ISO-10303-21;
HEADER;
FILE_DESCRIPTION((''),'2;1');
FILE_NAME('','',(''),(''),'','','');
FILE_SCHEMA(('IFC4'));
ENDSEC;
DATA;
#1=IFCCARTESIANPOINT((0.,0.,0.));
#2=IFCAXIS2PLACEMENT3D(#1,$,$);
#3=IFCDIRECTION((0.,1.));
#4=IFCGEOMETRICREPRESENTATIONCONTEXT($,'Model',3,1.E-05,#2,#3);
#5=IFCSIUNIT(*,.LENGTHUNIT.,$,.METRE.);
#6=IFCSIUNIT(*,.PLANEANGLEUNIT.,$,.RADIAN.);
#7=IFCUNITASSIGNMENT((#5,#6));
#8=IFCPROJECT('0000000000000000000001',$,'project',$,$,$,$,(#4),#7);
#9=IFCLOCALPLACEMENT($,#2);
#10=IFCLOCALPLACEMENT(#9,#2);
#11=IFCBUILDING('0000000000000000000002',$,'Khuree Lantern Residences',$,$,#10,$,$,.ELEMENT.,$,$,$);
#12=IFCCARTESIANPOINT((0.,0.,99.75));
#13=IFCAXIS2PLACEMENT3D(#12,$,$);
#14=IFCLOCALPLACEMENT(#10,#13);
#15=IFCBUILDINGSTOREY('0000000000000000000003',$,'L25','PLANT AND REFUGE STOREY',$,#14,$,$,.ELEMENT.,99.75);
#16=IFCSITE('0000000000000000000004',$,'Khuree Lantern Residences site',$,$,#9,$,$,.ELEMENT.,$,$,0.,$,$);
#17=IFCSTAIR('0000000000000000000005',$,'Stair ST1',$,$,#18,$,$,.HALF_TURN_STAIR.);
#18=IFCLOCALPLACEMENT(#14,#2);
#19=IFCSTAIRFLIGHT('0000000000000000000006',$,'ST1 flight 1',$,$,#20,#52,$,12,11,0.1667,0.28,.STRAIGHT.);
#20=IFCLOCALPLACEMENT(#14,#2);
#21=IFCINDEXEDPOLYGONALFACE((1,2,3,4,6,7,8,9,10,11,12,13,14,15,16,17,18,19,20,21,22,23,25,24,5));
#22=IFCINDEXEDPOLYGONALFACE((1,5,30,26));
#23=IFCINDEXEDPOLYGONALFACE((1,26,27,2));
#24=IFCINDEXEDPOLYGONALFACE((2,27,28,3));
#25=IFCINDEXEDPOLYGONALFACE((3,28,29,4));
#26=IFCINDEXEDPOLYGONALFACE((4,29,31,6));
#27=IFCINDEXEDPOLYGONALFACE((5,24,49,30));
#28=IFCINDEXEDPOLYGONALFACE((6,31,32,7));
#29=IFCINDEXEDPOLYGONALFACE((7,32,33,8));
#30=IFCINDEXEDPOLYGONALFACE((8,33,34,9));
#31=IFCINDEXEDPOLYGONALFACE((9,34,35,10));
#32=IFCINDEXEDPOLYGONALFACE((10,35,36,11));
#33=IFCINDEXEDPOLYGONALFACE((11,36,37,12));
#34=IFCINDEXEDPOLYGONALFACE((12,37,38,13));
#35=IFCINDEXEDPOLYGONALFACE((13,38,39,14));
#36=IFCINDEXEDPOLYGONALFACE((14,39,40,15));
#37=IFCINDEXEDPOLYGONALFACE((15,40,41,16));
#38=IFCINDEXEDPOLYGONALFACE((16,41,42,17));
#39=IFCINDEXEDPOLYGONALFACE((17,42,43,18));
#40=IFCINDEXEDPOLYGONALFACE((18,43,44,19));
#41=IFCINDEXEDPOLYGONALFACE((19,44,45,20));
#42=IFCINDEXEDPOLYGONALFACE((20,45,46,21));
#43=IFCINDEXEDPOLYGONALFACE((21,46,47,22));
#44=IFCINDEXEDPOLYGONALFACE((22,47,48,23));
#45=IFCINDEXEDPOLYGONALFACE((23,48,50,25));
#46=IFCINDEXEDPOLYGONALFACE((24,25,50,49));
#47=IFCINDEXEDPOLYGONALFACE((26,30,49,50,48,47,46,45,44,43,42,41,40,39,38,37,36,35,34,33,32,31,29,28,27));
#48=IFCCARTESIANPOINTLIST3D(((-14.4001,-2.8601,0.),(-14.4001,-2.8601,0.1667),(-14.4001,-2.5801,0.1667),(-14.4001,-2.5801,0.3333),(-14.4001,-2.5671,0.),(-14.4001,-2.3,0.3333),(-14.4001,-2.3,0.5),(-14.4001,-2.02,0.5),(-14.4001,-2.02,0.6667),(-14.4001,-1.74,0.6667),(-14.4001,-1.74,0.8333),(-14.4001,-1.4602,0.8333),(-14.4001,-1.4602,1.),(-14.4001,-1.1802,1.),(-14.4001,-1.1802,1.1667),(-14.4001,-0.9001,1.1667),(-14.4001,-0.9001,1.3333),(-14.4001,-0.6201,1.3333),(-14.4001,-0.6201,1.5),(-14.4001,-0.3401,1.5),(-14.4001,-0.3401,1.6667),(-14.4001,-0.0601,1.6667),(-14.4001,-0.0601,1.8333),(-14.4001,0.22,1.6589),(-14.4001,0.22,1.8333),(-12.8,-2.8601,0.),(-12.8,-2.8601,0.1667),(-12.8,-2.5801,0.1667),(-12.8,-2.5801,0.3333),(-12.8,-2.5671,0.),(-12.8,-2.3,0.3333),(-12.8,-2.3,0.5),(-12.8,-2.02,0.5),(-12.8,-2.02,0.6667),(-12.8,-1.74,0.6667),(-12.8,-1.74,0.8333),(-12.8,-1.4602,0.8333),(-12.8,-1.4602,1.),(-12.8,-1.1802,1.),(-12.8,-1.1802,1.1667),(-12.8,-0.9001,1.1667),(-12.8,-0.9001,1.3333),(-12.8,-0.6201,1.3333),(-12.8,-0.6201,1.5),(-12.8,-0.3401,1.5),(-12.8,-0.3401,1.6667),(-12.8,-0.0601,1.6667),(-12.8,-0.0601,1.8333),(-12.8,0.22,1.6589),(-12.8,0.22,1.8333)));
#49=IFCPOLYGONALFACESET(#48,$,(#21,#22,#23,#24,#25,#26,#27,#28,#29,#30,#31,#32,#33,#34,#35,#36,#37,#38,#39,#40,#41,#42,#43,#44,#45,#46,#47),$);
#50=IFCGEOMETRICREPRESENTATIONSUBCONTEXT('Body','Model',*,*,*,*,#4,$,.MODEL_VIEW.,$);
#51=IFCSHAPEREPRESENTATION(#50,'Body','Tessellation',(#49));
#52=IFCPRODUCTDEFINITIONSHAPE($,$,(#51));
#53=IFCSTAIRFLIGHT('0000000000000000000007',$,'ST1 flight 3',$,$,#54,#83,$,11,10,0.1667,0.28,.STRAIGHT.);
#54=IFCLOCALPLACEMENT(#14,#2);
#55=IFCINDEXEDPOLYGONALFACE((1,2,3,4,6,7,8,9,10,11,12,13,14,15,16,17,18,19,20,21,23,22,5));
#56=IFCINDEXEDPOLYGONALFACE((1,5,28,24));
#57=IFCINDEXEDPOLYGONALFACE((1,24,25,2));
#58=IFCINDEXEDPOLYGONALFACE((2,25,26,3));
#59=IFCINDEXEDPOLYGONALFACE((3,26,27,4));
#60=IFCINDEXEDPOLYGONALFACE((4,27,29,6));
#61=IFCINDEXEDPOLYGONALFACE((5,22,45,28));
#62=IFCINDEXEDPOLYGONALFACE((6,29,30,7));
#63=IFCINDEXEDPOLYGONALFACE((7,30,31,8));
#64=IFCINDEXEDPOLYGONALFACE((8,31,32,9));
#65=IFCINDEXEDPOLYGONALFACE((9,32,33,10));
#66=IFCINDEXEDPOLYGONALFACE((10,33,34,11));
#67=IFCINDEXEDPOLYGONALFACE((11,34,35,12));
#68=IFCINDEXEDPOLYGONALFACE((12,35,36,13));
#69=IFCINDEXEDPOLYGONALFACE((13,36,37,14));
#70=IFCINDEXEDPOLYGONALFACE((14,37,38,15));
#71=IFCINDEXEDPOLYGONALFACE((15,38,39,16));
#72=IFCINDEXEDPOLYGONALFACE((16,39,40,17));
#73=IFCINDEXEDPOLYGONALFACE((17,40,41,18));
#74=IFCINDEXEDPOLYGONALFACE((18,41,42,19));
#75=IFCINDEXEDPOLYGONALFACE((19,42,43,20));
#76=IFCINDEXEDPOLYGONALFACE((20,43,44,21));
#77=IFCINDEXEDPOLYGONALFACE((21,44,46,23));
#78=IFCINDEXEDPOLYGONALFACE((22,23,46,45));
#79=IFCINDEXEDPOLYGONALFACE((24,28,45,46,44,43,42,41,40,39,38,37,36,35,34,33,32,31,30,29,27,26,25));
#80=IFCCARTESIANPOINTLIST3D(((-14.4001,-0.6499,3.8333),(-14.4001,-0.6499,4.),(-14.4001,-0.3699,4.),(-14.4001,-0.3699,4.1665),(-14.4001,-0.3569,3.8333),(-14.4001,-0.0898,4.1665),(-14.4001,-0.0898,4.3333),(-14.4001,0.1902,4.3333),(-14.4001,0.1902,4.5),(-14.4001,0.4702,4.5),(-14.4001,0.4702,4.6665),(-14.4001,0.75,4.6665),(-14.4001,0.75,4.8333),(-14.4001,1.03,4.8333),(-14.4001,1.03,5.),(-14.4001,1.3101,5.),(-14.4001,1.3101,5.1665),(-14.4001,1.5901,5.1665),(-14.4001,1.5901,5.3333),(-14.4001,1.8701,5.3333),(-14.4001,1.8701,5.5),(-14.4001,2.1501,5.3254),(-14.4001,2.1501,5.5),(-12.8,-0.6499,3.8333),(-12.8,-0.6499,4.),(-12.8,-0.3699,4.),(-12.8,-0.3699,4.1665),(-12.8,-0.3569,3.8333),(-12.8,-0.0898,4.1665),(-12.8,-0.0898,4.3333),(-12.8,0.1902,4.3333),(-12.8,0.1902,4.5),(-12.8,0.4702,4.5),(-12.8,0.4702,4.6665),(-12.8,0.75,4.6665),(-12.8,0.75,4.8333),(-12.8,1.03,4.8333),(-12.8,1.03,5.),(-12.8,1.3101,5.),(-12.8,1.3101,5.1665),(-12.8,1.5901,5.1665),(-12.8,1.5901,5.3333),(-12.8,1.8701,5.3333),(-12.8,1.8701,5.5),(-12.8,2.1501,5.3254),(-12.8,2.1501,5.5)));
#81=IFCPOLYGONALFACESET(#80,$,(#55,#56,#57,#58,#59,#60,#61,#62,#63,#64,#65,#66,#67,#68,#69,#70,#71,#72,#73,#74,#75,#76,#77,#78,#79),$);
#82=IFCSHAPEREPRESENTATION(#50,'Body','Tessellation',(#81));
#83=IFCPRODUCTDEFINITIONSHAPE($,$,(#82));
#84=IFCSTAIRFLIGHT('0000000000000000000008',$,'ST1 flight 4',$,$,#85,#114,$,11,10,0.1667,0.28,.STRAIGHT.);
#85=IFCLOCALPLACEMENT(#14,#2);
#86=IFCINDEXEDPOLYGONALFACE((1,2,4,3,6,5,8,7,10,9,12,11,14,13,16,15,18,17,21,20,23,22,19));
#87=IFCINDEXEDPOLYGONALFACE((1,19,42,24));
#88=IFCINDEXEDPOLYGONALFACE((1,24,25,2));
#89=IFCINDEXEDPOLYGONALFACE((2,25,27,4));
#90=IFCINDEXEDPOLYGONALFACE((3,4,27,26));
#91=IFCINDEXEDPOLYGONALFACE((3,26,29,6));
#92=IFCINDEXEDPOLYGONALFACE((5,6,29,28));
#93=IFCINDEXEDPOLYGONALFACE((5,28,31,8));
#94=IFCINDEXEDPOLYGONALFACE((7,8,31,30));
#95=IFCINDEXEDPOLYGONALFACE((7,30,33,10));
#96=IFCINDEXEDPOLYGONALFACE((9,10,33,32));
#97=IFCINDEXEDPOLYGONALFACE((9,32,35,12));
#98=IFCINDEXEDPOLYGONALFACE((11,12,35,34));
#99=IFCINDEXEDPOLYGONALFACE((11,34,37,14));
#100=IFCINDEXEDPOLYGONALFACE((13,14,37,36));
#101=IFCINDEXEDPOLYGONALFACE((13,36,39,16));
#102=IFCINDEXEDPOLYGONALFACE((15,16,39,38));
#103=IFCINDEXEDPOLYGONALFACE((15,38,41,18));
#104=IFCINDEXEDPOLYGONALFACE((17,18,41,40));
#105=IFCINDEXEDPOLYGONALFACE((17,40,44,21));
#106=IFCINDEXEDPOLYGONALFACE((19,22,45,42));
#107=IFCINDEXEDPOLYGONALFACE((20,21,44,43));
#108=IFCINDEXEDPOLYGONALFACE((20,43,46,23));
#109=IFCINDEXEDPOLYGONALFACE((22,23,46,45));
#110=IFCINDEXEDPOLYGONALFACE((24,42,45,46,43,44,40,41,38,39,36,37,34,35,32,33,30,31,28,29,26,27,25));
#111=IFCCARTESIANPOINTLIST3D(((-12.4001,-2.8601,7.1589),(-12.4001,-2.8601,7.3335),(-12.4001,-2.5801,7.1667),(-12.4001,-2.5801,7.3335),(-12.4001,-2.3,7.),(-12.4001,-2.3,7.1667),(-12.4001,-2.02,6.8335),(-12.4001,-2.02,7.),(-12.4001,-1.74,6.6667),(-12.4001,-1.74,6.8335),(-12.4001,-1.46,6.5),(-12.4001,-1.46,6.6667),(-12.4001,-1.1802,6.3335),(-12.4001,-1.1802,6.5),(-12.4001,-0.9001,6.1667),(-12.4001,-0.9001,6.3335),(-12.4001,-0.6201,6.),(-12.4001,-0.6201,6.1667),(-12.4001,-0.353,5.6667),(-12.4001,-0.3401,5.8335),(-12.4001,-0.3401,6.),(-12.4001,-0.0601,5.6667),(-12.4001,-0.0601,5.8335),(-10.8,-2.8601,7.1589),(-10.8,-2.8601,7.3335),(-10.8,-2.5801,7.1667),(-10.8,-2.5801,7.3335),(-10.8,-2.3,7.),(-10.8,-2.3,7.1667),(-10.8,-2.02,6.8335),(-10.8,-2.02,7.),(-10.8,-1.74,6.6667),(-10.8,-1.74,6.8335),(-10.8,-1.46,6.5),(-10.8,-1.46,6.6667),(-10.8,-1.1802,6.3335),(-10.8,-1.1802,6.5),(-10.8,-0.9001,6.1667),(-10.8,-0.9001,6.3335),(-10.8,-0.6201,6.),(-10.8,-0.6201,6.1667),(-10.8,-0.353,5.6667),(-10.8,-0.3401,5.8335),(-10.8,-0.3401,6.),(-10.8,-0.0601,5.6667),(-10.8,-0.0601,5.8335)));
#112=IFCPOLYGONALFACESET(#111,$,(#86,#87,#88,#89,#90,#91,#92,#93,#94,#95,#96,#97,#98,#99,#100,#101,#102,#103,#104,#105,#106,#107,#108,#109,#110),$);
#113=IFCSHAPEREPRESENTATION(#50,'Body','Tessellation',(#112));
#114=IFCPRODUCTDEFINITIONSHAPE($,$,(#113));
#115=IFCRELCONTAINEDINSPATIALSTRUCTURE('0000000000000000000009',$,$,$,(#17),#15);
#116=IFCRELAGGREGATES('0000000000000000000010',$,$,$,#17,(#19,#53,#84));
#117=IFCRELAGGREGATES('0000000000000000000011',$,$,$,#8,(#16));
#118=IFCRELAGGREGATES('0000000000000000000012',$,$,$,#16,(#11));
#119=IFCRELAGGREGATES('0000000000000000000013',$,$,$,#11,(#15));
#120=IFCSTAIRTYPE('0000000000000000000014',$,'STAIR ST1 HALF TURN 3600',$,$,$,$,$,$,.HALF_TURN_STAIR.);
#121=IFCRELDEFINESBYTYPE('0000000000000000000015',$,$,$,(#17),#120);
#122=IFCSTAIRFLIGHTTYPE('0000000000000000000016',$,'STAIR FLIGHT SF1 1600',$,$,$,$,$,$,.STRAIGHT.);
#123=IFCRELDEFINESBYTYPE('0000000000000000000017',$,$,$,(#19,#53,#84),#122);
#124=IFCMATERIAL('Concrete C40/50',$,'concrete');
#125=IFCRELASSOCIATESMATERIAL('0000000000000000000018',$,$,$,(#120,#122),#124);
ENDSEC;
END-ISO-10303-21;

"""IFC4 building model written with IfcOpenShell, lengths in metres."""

from ifc_helpers import new_model, si_unit, direction, frame, origin, place, context, subcontext, project, spatial, polyline, outline, extrude, material, type_object, element, aggregate, save


model = new_model("IFC4")

# Units and contexts
model_context = context("Model", 3, precision=1e-05, world=origin(), true_north=direction((0.0, 1.0)))
body_context = subcontext(model_context, "Body", "Model", "MODEL_VIEW")
ifc_project = project(units=[si_unit("LENGTHUNIT", "METRE"), si_unit("PLANEANGLEUNIT", "RADIAN")], contexts=[model_context])

# Site, building, storey
site_placement = place(None, origin())
site = spatial("IfcSite", under=ifc_project, at=site_placement, Name="Khuree Lantern Residences site", CompositionType="ELEMENT", RefElevation=0.0)
building_placement = place(site_placement, origin())
building = spatial("IfcBuilding", under=site, at=building_placement, Name="Khuree Lantern Residences", CompositionType="ELEMENT")
storey_placement = place(building_placement, frame((0.0, 0.0, 99.75)))
storey = spatial("IfcBuildingStorey", under=building, at=storey_placement, Name="L25", Description="PLANT AND REFUGE STOREY", CompositionType="ELEMENT", Elevation=99.75)

# Stair, stair flights
ifc_material_1 = material(Name="Concrete C40/50", Category="concrete")
stair_type = type_object("IfcStairType", Name="STAIR ST1 HALF TURN 3600", PredefinedType="HALF_TURN_STAIR", material=ifc_material_1)
stair_placement = place(storey_placement, origin())
stair = element("IfcStair", 1, at=stair_placement, inside=storey, type_object=stair_type, Name="Stair ST1", PredefinedType="HALF_TURN_STAIR")
stair_flight_type = type_object("IfcStairFlightType", Name="STAIR FLIGHT SF1 1600", PredefinedType="STRAIGHT", material=ifc_material_1)
stair_flight_1_placement = place(storey_placement, frame((-13.6001, -2.8601, 0.0), z_axis=(0.0, 0.0, 1.0), x_axis=(0.0, 1.0, 0.0)))
stair_flight_1 = element("IfcStairFlight", 2, at=stair_flight_1_placement, type_object=stair_flight_type, Name="ST1 flight 1", NumberOfRisers=12, NumberOfTreads=11, PredefinedType="STRAIGHT", RiserHeight=0.1667, TreadLength=0.28, context=body_context, shape_type="SweptSolid", body=[
    extrude(outline(polyline([(0.0, 0.0), (0.0, 0.1667), (0.28, 0.1667), (0.28, 0.3333), (0.5601, 0.3333), (0.5601, 0.5), (0.8401, 0.5), (0.8401, 0.6667), (1.1201, 0.6667), (1.1201, 0.8333), (1.3999, 0.8333), (1.3999, 1.0), (1.6799, 1.0), (1.6799, 1.1667), (1.96, 1.1667), (1.96, 1.3333), (2.24, 1.3333), (2.24, 1.5), (2.52, 1.5), (2.52, 1.6667), (2.8, 1.6667), (2.8, 1.8333), (3.0801, 1.8333), (3.0801, 2.0), (3.0801, 1.6589), (0.293, 0.0), (0.0, 0.0)])), frame((0.0, 0.8, 0.0), z_axis=(0.0, -1.0, 0.0), x_axis=(1.0, 0.0, 0.0)), (0.0, 0.0, 1.0), 1.6001),
])
stair_flight_2_placement = place(storey_placement, frame((-13.6001, -0.6499, 3.8333), z_axis=(0.0, 0.0, 1.0), x_axis=(0.0, 1.0, 0.0)))
stair_flight_2 = element("IfcStairFlight", 3, at=stair_flight_2_placement, type_object=stair_flight_type, Name="ST1 flight 3", NumberOfRisers=11, NumberOfTreads=10, PredefinedType="STRAIGHT", RiserHeight=0.1667, TreadLength=0.28, context=body_context, shape_type="SweptSolid", body=[
    extrude(outline(polyline([(0.0, 0.0), (0.0, 0.1667), (0.28, 0.1667), (0.28, 0.3333), (0.5601, 0.3333), (0.5601, 0.5), (0.8401, 0.5), (0.8401, 0.6667), (1.1201, 0.6667), (1.1201, 0.8333), (1.3999, 0.8333), (1.3999, 1.0), (1.6799, 1.0), (1.6799, 1.1667), (1.96, 1.1667), (1.96, 1.3333), (2.24, 1.3333), (2.24, 1.5), (2.52, 1.5), (2.52, 1.6667), (2.8, 1.6667), (2.8, 1.8333), (2.8, 1.4922), (0.293, 0.0), (0.0, 0.0)])), frame((0.0, 0.8, 0.0), z_axis=(0.0, -1.0, 0.0), x_axis=(1.0, 0.0, 0.0)), (0.0, 0.0, 1.0), 1.6001),
])
stair_flight_3_placement = place(storey_placement, frame((-11.6001, -0.0601, 5.6667), z_axis=(0.0, 0.0, 1.0), x_axis=(0.0, -1.0, 0.0)))
stair_flight_3 = element("IfcStairFlight", 4, at=stair_flight_3_placement, type_object=stair_flight_type, Name="ST1 flight 4", NumberOfRisers=11, NumberOfTreads=10, PredefinedType="STRAIGHT", RiserHeight=0.1667, TreadLength=0.28, context=body_context, shape_type="SweptSolid", body=[
    extrude(outline(polyline([(0.0, 0.0), (0.0, 0.1667), (0.28, 0.1667), (0.28, 0.3333), (0.5601, 0.3333), (0.5601, 0.5), (0.8401, 0.5), (0.8401, 0.6667), (1.1201, 0.6667), (1.1201, 0.8333), (1.3999, 0.8333), (1.3999, 1.0), (1.6799, 1.0), (1.6799, 1.1667), (1.96, 1.1667), (1.96, 1.3333), (2.24, 1.3333), (2.24, 1.5), (2.52, 1.5), (2.52, 1.6667), (2.8, 1.6667), (2.8, 1.8333), (2.8, 1.4922), (0.293, 0.0), (0.0, 0.0)])), frame((0.0, 0.8, 0.0), z_axis=(0.0, -1.0, 0.0), x_axis=(1.0, 0.0, 0.0)), (0.0, 0.0, 1.0), 1.6001),
])
aggregate(stair, [stair_flight_1, stair_flight_2, stair_flight_3])

save(model, "model.ifc")
